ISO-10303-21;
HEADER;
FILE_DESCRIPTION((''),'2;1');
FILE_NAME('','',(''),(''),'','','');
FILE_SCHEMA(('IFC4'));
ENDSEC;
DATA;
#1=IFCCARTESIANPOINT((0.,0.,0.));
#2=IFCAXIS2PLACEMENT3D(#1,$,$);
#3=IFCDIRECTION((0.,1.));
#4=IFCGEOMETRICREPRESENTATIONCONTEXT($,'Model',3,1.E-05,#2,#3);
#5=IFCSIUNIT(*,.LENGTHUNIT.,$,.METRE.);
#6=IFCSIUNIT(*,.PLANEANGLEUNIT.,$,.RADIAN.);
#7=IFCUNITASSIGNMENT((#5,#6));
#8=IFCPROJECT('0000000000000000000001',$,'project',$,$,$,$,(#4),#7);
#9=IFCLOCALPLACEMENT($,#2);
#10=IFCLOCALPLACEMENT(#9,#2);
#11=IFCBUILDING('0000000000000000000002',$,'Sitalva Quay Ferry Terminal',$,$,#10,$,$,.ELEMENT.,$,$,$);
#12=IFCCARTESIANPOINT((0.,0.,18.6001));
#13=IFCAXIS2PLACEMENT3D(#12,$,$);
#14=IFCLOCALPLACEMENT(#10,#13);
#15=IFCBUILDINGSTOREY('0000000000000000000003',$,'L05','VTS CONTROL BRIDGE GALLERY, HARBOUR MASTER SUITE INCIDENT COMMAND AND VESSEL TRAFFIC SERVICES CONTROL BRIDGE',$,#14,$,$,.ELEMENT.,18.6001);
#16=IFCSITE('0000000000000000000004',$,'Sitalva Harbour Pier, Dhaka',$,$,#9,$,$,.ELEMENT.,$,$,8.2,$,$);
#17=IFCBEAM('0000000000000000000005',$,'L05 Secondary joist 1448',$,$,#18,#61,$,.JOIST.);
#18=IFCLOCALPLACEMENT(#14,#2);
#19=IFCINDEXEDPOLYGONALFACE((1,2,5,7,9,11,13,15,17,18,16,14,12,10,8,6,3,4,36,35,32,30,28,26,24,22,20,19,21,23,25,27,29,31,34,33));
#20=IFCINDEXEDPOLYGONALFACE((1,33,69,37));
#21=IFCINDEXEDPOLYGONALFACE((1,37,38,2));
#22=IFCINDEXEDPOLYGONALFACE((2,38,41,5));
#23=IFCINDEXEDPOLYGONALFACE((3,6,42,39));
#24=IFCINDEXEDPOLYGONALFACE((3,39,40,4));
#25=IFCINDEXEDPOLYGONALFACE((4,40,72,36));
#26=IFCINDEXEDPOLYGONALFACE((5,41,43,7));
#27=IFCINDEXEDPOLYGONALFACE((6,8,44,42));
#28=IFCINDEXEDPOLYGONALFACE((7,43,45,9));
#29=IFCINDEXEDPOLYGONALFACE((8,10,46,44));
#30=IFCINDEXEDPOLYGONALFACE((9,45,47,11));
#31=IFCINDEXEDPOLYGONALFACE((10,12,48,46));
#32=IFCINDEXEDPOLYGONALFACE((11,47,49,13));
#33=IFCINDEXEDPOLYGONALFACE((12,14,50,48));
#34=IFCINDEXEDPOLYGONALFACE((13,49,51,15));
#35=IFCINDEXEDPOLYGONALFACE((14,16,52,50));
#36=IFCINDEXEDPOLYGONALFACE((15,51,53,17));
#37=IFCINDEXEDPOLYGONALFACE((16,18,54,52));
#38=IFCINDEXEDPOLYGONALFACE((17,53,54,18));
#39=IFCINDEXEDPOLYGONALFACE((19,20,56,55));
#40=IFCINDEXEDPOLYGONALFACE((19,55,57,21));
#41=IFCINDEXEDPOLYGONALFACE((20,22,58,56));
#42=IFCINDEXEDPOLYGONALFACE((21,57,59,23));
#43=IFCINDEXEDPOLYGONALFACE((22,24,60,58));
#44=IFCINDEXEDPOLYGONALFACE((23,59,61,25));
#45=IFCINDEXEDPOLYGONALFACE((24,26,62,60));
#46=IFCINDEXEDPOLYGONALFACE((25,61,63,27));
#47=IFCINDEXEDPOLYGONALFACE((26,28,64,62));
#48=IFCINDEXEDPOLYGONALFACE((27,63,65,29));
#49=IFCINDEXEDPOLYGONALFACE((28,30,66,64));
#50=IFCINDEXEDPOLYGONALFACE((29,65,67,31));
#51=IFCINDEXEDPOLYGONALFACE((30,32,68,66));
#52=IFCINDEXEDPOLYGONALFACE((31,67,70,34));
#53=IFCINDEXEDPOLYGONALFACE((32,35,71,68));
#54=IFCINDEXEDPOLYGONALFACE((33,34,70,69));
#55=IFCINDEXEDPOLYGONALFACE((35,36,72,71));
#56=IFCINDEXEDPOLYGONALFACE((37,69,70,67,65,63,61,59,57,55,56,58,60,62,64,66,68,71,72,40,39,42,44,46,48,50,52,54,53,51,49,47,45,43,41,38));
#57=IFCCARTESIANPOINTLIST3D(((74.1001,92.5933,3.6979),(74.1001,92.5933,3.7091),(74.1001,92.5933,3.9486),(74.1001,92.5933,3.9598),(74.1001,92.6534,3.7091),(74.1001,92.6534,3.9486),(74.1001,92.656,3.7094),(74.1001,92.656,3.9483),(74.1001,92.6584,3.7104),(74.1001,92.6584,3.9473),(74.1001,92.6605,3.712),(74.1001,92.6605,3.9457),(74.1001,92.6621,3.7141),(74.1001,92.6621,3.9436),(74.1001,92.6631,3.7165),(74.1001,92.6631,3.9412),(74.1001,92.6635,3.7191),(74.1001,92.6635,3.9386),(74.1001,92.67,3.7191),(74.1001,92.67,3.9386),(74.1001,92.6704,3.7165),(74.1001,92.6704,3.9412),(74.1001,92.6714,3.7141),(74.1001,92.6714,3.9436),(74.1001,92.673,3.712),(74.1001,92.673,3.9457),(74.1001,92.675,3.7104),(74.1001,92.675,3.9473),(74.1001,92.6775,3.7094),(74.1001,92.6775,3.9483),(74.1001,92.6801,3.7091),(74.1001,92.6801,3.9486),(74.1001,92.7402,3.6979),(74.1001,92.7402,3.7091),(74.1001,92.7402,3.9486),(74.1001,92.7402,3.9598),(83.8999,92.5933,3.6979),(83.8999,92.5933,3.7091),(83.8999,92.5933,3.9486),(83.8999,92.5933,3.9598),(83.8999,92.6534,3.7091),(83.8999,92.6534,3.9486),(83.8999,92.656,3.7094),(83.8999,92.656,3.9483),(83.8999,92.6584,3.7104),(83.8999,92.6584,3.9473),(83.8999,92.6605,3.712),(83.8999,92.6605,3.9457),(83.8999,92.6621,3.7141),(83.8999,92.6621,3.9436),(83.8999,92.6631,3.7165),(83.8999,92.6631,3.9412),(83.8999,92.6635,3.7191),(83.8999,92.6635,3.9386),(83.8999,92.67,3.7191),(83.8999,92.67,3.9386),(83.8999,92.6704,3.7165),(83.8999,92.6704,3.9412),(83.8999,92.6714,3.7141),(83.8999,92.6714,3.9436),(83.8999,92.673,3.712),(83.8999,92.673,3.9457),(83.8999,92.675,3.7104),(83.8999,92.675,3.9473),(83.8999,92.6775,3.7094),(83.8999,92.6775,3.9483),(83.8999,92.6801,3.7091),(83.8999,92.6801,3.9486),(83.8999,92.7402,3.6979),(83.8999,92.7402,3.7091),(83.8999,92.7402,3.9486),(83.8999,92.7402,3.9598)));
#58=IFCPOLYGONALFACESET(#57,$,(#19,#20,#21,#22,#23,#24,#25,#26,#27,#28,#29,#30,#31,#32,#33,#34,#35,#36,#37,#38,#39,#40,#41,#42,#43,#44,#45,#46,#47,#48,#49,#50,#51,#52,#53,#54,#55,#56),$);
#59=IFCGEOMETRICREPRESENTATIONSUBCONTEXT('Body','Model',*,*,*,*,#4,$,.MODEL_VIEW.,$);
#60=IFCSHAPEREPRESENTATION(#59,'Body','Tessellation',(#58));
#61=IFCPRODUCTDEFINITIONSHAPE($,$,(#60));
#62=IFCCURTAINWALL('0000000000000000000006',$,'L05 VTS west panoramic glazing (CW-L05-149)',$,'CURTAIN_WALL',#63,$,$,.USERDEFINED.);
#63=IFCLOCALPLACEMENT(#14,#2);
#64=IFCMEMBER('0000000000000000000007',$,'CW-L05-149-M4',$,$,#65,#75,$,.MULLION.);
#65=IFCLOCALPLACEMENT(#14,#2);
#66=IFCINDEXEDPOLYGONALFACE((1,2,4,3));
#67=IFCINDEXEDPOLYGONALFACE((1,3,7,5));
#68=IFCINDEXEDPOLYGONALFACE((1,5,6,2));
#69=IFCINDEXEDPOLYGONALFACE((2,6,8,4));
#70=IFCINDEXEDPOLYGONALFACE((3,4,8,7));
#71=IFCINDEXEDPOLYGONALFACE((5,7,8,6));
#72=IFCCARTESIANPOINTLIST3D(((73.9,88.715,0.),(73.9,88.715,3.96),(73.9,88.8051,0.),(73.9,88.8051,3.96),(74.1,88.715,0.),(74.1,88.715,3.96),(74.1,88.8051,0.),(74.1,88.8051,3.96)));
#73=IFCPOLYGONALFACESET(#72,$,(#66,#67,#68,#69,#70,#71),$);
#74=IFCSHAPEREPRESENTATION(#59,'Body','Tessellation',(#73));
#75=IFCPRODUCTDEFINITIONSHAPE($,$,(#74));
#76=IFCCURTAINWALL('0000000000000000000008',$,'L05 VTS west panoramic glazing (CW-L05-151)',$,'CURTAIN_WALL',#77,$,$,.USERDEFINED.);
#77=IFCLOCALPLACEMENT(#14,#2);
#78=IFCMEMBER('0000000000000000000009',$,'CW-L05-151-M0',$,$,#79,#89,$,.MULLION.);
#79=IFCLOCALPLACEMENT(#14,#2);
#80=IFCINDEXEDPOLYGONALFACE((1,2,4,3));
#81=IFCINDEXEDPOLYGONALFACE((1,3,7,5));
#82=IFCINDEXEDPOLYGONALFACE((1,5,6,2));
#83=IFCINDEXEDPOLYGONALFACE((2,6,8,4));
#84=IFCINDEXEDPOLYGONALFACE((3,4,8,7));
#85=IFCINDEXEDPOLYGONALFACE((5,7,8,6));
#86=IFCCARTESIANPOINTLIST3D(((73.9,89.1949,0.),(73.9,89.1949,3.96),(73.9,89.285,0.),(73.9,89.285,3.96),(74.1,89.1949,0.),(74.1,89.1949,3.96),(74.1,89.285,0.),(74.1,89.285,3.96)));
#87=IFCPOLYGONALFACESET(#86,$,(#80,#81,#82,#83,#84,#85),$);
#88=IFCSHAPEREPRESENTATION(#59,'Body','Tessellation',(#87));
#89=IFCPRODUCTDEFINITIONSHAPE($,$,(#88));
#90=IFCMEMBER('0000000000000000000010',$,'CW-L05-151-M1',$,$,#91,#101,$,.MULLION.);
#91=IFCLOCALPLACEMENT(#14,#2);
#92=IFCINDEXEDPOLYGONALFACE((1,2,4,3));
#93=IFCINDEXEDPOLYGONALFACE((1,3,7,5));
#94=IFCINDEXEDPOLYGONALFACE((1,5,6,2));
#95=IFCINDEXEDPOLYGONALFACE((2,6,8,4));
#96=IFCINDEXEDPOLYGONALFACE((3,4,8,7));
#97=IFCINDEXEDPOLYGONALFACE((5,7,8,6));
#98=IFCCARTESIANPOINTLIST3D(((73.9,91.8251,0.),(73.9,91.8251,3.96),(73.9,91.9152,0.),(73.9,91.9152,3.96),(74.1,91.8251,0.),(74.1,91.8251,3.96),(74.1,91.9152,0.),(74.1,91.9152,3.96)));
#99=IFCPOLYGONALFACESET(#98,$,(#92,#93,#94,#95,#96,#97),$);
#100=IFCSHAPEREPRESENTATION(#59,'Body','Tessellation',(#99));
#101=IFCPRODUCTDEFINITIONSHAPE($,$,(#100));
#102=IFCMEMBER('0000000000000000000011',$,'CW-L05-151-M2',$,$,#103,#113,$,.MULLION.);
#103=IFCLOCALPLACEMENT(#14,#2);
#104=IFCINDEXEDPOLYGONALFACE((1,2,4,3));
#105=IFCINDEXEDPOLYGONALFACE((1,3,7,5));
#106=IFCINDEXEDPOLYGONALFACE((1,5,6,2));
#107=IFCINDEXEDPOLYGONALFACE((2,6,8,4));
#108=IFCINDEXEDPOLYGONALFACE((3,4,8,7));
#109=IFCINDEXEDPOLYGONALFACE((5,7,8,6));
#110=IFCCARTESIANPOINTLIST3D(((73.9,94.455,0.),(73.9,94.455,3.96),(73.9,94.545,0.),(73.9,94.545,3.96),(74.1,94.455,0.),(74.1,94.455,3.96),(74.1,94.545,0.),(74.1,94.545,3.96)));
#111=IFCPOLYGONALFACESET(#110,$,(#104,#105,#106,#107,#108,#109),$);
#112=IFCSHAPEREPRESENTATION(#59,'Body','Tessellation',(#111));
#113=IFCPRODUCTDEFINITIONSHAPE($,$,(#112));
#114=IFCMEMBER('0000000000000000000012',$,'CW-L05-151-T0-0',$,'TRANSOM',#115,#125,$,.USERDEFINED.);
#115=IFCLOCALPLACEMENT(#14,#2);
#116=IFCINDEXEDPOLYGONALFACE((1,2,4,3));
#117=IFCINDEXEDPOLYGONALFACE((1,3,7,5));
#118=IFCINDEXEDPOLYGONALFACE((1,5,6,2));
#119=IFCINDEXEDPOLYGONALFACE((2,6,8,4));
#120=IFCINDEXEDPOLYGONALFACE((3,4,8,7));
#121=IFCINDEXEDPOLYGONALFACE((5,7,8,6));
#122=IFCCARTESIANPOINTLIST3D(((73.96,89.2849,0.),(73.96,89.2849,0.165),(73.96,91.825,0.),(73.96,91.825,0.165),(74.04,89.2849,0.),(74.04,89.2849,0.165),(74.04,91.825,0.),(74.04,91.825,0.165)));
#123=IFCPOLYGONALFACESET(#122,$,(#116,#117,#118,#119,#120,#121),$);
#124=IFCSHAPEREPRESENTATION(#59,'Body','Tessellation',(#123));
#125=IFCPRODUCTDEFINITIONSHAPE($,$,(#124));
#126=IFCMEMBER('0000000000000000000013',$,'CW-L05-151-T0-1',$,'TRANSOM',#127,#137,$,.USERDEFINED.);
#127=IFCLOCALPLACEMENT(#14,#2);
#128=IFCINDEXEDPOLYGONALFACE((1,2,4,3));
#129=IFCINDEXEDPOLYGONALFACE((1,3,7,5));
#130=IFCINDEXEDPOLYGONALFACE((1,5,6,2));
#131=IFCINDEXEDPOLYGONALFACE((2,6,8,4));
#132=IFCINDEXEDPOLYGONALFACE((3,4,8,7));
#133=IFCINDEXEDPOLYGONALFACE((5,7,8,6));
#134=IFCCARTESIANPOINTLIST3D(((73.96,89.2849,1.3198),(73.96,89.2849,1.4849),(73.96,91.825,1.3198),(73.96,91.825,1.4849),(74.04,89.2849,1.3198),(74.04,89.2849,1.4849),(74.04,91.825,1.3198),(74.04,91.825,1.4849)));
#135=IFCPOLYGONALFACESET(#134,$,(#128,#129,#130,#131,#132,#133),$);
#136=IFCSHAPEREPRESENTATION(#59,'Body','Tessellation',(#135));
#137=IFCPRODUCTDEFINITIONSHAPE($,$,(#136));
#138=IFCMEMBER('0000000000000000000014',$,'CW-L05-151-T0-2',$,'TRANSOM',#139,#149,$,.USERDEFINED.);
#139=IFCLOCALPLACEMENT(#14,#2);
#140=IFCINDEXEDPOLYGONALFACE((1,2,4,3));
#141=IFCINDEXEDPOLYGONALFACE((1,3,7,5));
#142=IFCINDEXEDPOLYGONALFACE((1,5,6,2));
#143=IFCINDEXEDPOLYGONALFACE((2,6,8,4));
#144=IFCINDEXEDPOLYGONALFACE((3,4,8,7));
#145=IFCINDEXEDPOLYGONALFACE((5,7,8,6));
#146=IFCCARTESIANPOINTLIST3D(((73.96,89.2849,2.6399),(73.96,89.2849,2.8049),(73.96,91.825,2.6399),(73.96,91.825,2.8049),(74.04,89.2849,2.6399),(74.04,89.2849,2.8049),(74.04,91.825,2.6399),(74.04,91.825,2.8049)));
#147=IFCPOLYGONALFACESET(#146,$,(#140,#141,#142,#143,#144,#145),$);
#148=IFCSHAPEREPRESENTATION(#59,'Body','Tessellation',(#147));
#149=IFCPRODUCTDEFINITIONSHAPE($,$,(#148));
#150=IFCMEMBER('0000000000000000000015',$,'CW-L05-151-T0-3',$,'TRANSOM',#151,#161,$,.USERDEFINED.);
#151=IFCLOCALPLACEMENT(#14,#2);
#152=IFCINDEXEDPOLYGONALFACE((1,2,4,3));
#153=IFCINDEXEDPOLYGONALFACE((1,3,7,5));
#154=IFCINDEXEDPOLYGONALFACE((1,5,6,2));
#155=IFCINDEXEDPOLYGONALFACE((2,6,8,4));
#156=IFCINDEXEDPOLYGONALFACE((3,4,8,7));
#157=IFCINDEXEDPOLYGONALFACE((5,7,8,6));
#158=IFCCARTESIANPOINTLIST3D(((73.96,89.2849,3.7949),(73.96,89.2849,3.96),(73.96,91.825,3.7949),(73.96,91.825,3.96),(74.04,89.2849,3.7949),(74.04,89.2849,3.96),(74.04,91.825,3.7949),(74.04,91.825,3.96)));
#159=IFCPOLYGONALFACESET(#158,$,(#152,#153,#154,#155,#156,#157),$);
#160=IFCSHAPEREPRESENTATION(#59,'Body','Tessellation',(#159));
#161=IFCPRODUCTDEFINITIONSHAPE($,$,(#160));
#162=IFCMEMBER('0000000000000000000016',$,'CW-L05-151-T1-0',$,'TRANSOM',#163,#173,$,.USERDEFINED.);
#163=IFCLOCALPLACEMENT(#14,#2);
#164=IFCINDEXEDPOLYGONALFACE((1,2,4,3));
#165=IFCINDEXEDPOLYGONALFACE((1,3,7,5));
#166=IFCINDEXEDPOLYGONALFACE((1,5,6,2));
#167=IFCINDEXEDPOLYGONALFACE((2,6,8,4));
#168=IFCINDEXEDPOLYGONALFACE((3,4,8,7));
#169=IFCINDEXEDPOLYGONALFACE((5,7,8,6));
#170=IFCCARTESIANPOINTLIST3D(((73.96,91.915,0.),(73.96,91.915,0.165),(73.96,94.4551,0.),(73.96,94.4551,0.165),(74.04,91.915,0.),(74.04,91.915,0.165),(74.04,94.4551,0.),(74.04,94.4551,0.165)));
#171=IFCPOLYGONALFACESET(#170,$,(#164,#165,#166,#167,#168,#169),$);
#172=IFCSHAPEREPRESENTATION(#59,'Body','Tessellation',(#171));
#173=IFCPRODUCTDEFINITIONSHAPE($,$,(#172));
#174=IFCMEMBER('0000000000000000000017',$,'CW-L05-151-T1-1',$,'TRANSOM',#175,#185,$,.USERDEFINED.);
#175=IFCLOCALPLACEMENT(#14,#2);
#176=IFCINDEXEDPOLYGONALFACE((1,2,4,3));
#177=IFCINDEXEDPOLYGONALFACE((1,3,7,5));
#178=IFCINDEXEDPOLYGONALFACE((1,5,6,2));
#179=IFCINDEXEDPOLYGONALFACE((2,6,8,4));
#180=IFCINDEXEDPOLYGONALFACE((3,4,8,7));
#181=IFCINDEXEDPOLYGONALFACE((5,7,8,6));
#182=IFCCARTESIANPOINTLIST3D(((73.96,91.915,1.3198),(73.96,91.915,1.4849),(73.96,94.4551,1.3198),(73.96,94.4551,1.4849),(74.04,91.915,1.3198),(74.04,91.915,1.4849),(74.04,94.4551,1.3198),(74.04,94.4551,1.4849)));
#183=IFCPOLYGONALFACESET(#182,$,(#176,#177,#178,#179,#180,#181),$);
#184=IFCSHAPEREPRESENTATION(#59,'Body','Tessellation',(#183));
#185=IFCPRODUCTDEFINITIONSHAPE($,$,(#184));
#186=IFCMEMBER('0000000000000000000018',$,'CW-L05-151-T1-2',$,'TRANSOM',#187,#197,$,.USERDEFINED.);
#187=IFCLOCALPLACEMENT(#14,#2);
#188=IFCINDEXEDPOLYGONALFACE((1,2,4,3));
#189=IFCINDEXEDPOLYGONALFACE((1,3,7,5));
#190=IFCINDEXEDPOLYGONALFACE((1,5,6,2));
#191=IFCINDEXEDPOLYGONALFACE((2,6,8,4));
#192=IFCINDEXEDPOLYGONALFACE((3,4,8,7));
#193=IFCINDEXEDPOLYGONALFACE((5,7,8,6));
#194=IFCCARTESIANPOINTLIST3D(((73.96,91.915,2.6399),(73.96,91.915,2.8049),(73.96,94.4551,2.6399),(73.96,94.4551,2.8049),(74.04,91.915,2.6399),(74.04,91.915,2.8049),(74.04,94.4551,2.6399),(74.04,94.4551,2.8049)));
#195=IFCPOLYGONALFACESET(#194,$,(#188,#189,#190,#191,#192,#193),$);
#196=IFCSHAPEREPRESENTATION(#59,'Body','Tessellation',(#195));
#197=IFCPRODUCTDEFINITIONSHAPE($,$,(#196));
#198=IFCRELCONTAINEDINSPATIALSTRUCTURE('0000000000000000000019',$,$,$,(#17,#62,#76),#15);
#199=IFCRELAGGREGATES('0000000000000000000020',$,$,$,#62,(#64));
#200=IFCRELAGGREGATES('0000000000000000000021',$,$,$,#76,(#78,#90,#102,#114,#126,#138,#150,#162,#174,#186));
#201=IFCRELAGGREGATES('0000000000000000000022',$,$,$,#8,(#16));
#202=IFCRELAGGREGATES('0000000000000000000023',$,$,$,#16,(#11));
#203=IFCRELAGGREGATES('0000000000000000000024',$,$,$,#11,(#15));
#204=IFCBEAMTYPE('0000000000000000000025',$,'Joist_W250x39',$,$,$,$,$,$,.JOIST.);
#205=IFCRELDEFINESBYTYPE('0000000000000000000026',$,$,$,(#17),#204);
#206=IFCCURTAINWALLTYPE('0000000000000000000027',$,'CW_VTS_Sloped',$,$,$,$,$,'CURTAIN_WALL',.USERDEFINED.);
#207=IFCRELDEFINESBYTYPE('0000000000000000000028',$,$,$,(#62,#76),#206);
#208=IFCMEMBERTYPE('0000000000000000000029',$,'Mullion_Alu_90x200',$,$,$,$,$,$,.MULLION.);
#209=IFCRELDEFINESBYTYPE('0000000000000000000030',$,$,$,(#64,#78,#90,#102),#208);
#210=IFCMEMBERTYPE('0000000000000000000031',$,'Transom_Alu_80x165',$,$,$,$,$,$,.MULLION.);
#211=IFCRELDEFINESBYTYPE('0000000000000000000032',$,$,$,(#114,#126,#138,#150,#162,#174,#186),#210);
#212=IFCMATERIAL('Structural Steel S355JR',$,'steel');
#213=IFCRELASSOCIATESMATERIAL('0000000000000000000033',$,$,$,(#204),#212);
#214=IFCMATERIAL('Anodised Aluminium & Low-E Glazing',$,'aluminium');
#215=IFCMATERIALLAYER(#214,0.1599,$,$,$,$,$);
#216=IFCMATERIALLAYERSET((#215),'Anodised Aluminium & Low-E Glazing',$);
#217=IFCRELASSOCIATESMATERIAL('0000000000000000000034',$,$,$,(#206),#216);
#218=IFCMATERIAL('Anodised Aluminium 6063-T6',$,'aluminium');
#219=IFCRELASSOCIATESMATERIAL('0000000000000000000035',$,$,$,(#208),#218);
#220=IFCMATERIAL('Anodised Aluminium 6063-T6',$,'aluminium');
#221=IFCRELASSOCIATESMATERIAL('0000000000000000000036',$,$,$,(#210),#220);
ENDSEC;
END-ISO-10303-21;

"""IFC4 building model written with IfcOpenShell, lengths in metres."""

from ifc_helpers import new_model, si_unit, direction, frame, origin, origin_2d, place, context, subcontext, project, spatial, rectangle, i_section, extrude, material, layer, layer_set, material_profile, profile_set, type_object, element, aggregate, save


model = new_model("IFC4")

# Units and contexts
model_context = context("Model", 3, precision=1e-05, world=origin(), true_north=direction((0.0, 1.0)))
body_context = subcontext(model_context, "Body", "Model", "MODEL_VIEW")
ifc_project = project(units=[si_unit("LENGTHUNIT", "METRE"), si_unit("PLANEANGLEUNIT", "RADIAN")], contexts=[model_context])

# Site, building, storey
site_placement = place(None, origin())
site = spatial("IfcSite", under=ifc_project, at=site_placement, Name="Sitalva Harbour Pier, Dhaka", CompositionType="ELEMENT", RefElevation=8.2)
building_placement = place(site_placement, origin())
building = spatial("IfcBuilding", under=site, at=building_placement, Name="Sitalva Quay Ferry Terminal", CompositionType="ELEMENT")
storey_placement = place(building_placement, frame((0.0, 0.0, 18.6001)))
storey = spatial("IfcBuildingStorey", under=building, at=storey_placement, Name="L05", Description="VTS CONTROL BRIDGE GALLERY, HARBOUR MASTER SUITE INCIDENT COMMAND AND VESSEL TRAFFIC SERVICES CONTROL BRIDGE", CompositionType="ELEMENT", Elevation=18.6001)

# Beam
ifc_material_1 = material(Name="Structural Steel S355JR", Category="steel")
ifc_material_profile_1 = material_profile(ifc_material_1, i_section(OverallWidth=0.147, OverallDepth=0.262, WebThickness=0.0066, FlangeThickness=0.0112, FilletRadius=0.01, at=origin_2d()), Name="W250x39")
ifc_profile_set_1 = profile_set([ifc_material_profile_1], Name="Structural Steel S355JR")
beam_type_1 = type_object("IfcBeamType", Name="Joist_W250x39", PredefinedType="JOIST", material=ifc_profile_set_1)
beam_1_placement = place(storey_placement, frame((74.1001, 92.6667, 3.8289), z_axis=(1.0, 0.0, 0.0), x_axis=(0.0, 1.0, 0.0)))
element("IfcBeam", 1, at=beam_1_placement, inside=storey, type_object=beam_type_1, Name="L05 Secondary joist 1448", PredefinedType="JOIST", context=body_context, shape_type="SweptSolid", body=[
    extrude(i_section(OverallWidth=0.147, OverallDepth=0.262, WebThickness=0.0066, FlangeThickness=0.0112, FilletRadius=0.01, at=origin_2d()), origin(), (0.0, 0.0, 1.0), 9.7998),
])

# Curtain wall, member
ifc_material_2 = material(Name="Anodised Aluminium & Low-E Glazing", Category="aluminium")
ifc_layer_1 = layer(ifc_material_2, 0.1599)
ifc_layer_set_1 = layer_set([ifc_layer_1], Name="Anodised Aluminium & Low-E Glazing")
curtain_wall_type = type_object("IfcCurtainWallType", Name="CW_VTS_Sloped", ElementType="CURTAIN_WALL", PredefinedType="USERDEFINED", material=ifc_layer_set_1)
curtain_wall_1_placement = place(storey_placement, origin())
curtain_wall_1 = element("IfcCurtainWall", 2, at=curtain_wall_1_placement, inside=storey, type_object=curtain_wall_type, Name="L05 VTS west panoramic glazing (CW-L05-149)", ObjectType="CURTAIN_WALL", PredefinedType="USERDEFINED")
ifc_material_3 = material(Name="Anodised Aluminium 6063-T6", Category="aluminium")
ifc_material_profile_2 = material_profile(ifc_material_3, rectangle(XDim=0.0901, YDim=0.2, at=origin_2d()), Name="ALU90x200")
ifc_profile_set_2 = profile_set([ifc_material_profile_2], Name="Anodised Aluminium 6063-T6")
member_type_1 = type_object("IfcMemberType", Name="Mullion_Alu_90x200", PredefinedType="MULLION", material=ifc_profile_set_2)
member_1_placement = place(storey_placement, frame((74.0, 88.76, 0.0), z_axis=(0.0, 0.0, 1.0), x_axis=(0.0, 1.0, 0.0)))
member_1 = element("IfcMember", 3, at=member_1_placement, type_object=member_type_1, Name="CW-L05-149-M4", PredefinedType="MULLION", context=body_context, shape_type="SweptSolid", body=[
    extrude(rectangle(XDim=0.0901, YDim=0.2, at=origin_2d()), origin(), (0.0, 0.0, 1.0), 3.96),
])
aggregate(curtain_wall_1, [member_1])

# Curtain wall, members
curtain_wall_2_placement = place(storey_placement, origin())
curtain_wall_2 = element("IfcCurtainWall", 4, at=curtain_wall_2_placement, inside=storey, type_object=curtain_wall_type, Name="L05 VTS west panoramic glazing (CW-L05-151)", ObjectType="CURTAIN_WALL", PredefinedType="USERDEFINED")
member_2_placement = place(storey_placement, frame((74.0, 89.24, 0.0), z_axis=(0.0, 0.0, 1.0), x_axis=(0.0, 1.0, 0.0)))
member_2 = element("IfcMember", 5, at=member_2_placement, type_object=member_type_1, Name="CW-L05-151-M0", PredefinedType="MULLION", context=body_context, shape_type="SweptSolid", body=[
    extrude(rectangle(XDim=0.0901, YDim=0.2, at=origin_2d()), origin(), (0.0, 0.0, 1.0), 3.96),
])
member_3_placement = place(storey_placement, frame((74.0, 91.8701, 0.0), z_axis=(0.0, 0.0, 1.0), x_axis=(0.0, 1.0, 0.0)))
member_3 = element("IfcMember", 6, at=member_3_placement, type_object=member_type_1, Name="CW-L05-151-M1", PredefinedType="MULLION", context=body_context, shape_type="SweptSolid", body=[
    extrude(rectangle(XDim=0.0901, YDim=0.2, at=origin_2d()), origin(), (0.0, 0.0, 1.0), 3.96),
])
member_4_placement = place(storey_placement, frame((74.0, 94.5, 0.0), z_axis=(0.0, 0.0, 1.0), x_axis=(0.0, 1.0, 0.0)))
member_4 = element("IfcMember", 7, at=member_4_placement, type_object=member_type_1, Name="CW-L05-151-M2", PredefinedType="MULLION", context=body_context, shape_type="SweptSolid", body=[
    extrude(rectangle(XDim=0.0901, YDim=0.2, at=origin_2d()), origin(), (0.0, 0.0, 1.0), 3.96),
])
ifc_material_4 = material(Name="Anodised Aluminium 6063-T6", Category="aluminium")
ifc_material_profile_3 = material_profile(ifc_material_4, rectangle(XDim=0.0801, YDim=0.165, at=origin_2d()), Name="ALU80x165")
ifc_profile_set_3 = profile_set([ifc_material_profile_3], Name="Anodised Aluminium 6063-T6")
member_type_2 = type_object("IfcMemberType", Name="Transom_Alu_80x165", PredefinedType="MULLION", material=ifc_profile_set_3)
member_5_placement = place(storey_placement, frame((74.0, 89.2849, 0.0825), z_axis=(0.0, 1.0, 0.0), x_axis=(-1.0, 0.0, 0.0)))
member_5 = element("IfcMember", 8, at=member_5_placement, type_object=member_type_2, Name="CW-L05-151-T0-0", ObjectType="TRANSOM", PredefinedType="USERDEFINED", context=body_context, shape_type="SweptSolid", body=[
    extrude(rectangle(XDim=0.0801, YDim=0.165, at=origin_2d()), origin(), (0.0, 0.0, 1.0), 2.54),
])
member_6_placement = place(storey_placement, frame((74.0, 89.2849, 1.4023), z_axis=(0.0, 1.0, 0.0), x_axis=(-1.0, 0.0, 0.0)))
member_6 = element("IfcMember", 9, at=member_6_placement, type_object=member_type_2, Name="CW-L05-151-T0-1", ObjectType="TRANSOM", PredefinedType="USERDEFINED", context=body_context, shape_type="SweptSolid", body=[
    extrude(rectangle(XDim=0.0801, YDim=0.165, at=origin_2d()), origin(), (0.0, 0.0, 1.0), 2.54),
])
member_7_placement = place(storey_placement, frame((74.0, 89.2849, 2.7224), z_axis=(0.0, 1.0, 0.0), x_axis=(-1.0, 0.0, 0.0)))
member_7 = element("IfcMember", 10, at=member_7_placement, type_object=member_type_2, Name="CW-L05-151-T0-2", ObjectType="TRANSOM", PredefinedType="USERDEFINED", context=body_context, shape_type="SweptSolid", body=[
    extrude(rectangle(XDim=0.0801, YDim=0.165, at=origin_2d()), origin(), (0.0, 0.0, 1.0), 2.54),
])
member_8_placement = place(storey_placement, frame((74.0, 89.2849, 3.8774), z_axis=(0.0, 1.0, 0.0), x_axis=(-1.0, 0.0, 0.0)))
member_8 = element("IfcMember", 11, at=member_8_placement, type_object=member_type_2, Name="CW-L05-151-T0-3", ObjectType="TRANSOM", PredefinedType="USERDEFINED", context=body_context, shape_type="SweptSolid", body=[
    extrude(rectangle(XDim=0.0801, YDim=0.165, at=origin_2d()), origin(), (0.0, 0.0, 1.0), 2.54),
])
member_9_placement = place(storey_placement, frame((74.0, 91.915, 0.0825), z_axis=(0.0, 1.0, 0.0), x_axis=(-1.0, 0.0, 0.0)))
member_9 = element("IfcMember", 12, at=member_9_placement, type_object=member_type_2, Name="CW-L05-151-T1-0", ObjectType="TRANSOM", PredefinedType="USERDEFINED", context=body_context, shape_type="SweptSolid", body=[
    extrude(rectangle(XDim=0.0801, YDim=0.165, at=origin_2d()), origin(), (0.0, 0.0, 1.0), 2.54),
])
member_10_placement = place(storey_placement, frame((74.0, 91.915, 1.4023), z_axis=(0.0, 1.0, 0.0), x_axis=(-1.0, 0.0, 0.0)))
member_10 = element("IfcMember", 13, at=member_10_placement, type_object=member_type_2, Name="CW-L05-151-T1-1", ObjectType="TRANSOM", PredefinedType="USERDEFINED", context=body_context, shape_type="SweptSolid", body=[
    extrude(rectangle(XDim=0.0801, YDim=0.165, at=origin_2d()), origin(), (0.0, 0.0, 1.0), 2.54),
])
member_11_placement = place(storey_placement, frame((74.0, 91.915, 2.7224), z_axis=(0.0, 1.0, 0.0), x_axis=(-1.0, 0.0, 0.0)))
member_11 = element("IfcMember", 14, at=member_11_placement, type_object=member_type_2, Name="CW-L05-151-T1-2", ObjectType="TRANSOM", PredefinedType="USERDEFINED", context=body_context, shape_type="SweptSolid", body=[
    extrude(rectangle(XDim=0.0801, YDim=0.165, at=origin_2d()), origin(), (0.0, 0.0, 1.0), 2.54),
])
aggregate(curtain_wall_2, [member_2, member_3, member_4, member_5, member_6, member_7, member_8, member_9, member_10, member_11])

save(model, "model.ifc")
